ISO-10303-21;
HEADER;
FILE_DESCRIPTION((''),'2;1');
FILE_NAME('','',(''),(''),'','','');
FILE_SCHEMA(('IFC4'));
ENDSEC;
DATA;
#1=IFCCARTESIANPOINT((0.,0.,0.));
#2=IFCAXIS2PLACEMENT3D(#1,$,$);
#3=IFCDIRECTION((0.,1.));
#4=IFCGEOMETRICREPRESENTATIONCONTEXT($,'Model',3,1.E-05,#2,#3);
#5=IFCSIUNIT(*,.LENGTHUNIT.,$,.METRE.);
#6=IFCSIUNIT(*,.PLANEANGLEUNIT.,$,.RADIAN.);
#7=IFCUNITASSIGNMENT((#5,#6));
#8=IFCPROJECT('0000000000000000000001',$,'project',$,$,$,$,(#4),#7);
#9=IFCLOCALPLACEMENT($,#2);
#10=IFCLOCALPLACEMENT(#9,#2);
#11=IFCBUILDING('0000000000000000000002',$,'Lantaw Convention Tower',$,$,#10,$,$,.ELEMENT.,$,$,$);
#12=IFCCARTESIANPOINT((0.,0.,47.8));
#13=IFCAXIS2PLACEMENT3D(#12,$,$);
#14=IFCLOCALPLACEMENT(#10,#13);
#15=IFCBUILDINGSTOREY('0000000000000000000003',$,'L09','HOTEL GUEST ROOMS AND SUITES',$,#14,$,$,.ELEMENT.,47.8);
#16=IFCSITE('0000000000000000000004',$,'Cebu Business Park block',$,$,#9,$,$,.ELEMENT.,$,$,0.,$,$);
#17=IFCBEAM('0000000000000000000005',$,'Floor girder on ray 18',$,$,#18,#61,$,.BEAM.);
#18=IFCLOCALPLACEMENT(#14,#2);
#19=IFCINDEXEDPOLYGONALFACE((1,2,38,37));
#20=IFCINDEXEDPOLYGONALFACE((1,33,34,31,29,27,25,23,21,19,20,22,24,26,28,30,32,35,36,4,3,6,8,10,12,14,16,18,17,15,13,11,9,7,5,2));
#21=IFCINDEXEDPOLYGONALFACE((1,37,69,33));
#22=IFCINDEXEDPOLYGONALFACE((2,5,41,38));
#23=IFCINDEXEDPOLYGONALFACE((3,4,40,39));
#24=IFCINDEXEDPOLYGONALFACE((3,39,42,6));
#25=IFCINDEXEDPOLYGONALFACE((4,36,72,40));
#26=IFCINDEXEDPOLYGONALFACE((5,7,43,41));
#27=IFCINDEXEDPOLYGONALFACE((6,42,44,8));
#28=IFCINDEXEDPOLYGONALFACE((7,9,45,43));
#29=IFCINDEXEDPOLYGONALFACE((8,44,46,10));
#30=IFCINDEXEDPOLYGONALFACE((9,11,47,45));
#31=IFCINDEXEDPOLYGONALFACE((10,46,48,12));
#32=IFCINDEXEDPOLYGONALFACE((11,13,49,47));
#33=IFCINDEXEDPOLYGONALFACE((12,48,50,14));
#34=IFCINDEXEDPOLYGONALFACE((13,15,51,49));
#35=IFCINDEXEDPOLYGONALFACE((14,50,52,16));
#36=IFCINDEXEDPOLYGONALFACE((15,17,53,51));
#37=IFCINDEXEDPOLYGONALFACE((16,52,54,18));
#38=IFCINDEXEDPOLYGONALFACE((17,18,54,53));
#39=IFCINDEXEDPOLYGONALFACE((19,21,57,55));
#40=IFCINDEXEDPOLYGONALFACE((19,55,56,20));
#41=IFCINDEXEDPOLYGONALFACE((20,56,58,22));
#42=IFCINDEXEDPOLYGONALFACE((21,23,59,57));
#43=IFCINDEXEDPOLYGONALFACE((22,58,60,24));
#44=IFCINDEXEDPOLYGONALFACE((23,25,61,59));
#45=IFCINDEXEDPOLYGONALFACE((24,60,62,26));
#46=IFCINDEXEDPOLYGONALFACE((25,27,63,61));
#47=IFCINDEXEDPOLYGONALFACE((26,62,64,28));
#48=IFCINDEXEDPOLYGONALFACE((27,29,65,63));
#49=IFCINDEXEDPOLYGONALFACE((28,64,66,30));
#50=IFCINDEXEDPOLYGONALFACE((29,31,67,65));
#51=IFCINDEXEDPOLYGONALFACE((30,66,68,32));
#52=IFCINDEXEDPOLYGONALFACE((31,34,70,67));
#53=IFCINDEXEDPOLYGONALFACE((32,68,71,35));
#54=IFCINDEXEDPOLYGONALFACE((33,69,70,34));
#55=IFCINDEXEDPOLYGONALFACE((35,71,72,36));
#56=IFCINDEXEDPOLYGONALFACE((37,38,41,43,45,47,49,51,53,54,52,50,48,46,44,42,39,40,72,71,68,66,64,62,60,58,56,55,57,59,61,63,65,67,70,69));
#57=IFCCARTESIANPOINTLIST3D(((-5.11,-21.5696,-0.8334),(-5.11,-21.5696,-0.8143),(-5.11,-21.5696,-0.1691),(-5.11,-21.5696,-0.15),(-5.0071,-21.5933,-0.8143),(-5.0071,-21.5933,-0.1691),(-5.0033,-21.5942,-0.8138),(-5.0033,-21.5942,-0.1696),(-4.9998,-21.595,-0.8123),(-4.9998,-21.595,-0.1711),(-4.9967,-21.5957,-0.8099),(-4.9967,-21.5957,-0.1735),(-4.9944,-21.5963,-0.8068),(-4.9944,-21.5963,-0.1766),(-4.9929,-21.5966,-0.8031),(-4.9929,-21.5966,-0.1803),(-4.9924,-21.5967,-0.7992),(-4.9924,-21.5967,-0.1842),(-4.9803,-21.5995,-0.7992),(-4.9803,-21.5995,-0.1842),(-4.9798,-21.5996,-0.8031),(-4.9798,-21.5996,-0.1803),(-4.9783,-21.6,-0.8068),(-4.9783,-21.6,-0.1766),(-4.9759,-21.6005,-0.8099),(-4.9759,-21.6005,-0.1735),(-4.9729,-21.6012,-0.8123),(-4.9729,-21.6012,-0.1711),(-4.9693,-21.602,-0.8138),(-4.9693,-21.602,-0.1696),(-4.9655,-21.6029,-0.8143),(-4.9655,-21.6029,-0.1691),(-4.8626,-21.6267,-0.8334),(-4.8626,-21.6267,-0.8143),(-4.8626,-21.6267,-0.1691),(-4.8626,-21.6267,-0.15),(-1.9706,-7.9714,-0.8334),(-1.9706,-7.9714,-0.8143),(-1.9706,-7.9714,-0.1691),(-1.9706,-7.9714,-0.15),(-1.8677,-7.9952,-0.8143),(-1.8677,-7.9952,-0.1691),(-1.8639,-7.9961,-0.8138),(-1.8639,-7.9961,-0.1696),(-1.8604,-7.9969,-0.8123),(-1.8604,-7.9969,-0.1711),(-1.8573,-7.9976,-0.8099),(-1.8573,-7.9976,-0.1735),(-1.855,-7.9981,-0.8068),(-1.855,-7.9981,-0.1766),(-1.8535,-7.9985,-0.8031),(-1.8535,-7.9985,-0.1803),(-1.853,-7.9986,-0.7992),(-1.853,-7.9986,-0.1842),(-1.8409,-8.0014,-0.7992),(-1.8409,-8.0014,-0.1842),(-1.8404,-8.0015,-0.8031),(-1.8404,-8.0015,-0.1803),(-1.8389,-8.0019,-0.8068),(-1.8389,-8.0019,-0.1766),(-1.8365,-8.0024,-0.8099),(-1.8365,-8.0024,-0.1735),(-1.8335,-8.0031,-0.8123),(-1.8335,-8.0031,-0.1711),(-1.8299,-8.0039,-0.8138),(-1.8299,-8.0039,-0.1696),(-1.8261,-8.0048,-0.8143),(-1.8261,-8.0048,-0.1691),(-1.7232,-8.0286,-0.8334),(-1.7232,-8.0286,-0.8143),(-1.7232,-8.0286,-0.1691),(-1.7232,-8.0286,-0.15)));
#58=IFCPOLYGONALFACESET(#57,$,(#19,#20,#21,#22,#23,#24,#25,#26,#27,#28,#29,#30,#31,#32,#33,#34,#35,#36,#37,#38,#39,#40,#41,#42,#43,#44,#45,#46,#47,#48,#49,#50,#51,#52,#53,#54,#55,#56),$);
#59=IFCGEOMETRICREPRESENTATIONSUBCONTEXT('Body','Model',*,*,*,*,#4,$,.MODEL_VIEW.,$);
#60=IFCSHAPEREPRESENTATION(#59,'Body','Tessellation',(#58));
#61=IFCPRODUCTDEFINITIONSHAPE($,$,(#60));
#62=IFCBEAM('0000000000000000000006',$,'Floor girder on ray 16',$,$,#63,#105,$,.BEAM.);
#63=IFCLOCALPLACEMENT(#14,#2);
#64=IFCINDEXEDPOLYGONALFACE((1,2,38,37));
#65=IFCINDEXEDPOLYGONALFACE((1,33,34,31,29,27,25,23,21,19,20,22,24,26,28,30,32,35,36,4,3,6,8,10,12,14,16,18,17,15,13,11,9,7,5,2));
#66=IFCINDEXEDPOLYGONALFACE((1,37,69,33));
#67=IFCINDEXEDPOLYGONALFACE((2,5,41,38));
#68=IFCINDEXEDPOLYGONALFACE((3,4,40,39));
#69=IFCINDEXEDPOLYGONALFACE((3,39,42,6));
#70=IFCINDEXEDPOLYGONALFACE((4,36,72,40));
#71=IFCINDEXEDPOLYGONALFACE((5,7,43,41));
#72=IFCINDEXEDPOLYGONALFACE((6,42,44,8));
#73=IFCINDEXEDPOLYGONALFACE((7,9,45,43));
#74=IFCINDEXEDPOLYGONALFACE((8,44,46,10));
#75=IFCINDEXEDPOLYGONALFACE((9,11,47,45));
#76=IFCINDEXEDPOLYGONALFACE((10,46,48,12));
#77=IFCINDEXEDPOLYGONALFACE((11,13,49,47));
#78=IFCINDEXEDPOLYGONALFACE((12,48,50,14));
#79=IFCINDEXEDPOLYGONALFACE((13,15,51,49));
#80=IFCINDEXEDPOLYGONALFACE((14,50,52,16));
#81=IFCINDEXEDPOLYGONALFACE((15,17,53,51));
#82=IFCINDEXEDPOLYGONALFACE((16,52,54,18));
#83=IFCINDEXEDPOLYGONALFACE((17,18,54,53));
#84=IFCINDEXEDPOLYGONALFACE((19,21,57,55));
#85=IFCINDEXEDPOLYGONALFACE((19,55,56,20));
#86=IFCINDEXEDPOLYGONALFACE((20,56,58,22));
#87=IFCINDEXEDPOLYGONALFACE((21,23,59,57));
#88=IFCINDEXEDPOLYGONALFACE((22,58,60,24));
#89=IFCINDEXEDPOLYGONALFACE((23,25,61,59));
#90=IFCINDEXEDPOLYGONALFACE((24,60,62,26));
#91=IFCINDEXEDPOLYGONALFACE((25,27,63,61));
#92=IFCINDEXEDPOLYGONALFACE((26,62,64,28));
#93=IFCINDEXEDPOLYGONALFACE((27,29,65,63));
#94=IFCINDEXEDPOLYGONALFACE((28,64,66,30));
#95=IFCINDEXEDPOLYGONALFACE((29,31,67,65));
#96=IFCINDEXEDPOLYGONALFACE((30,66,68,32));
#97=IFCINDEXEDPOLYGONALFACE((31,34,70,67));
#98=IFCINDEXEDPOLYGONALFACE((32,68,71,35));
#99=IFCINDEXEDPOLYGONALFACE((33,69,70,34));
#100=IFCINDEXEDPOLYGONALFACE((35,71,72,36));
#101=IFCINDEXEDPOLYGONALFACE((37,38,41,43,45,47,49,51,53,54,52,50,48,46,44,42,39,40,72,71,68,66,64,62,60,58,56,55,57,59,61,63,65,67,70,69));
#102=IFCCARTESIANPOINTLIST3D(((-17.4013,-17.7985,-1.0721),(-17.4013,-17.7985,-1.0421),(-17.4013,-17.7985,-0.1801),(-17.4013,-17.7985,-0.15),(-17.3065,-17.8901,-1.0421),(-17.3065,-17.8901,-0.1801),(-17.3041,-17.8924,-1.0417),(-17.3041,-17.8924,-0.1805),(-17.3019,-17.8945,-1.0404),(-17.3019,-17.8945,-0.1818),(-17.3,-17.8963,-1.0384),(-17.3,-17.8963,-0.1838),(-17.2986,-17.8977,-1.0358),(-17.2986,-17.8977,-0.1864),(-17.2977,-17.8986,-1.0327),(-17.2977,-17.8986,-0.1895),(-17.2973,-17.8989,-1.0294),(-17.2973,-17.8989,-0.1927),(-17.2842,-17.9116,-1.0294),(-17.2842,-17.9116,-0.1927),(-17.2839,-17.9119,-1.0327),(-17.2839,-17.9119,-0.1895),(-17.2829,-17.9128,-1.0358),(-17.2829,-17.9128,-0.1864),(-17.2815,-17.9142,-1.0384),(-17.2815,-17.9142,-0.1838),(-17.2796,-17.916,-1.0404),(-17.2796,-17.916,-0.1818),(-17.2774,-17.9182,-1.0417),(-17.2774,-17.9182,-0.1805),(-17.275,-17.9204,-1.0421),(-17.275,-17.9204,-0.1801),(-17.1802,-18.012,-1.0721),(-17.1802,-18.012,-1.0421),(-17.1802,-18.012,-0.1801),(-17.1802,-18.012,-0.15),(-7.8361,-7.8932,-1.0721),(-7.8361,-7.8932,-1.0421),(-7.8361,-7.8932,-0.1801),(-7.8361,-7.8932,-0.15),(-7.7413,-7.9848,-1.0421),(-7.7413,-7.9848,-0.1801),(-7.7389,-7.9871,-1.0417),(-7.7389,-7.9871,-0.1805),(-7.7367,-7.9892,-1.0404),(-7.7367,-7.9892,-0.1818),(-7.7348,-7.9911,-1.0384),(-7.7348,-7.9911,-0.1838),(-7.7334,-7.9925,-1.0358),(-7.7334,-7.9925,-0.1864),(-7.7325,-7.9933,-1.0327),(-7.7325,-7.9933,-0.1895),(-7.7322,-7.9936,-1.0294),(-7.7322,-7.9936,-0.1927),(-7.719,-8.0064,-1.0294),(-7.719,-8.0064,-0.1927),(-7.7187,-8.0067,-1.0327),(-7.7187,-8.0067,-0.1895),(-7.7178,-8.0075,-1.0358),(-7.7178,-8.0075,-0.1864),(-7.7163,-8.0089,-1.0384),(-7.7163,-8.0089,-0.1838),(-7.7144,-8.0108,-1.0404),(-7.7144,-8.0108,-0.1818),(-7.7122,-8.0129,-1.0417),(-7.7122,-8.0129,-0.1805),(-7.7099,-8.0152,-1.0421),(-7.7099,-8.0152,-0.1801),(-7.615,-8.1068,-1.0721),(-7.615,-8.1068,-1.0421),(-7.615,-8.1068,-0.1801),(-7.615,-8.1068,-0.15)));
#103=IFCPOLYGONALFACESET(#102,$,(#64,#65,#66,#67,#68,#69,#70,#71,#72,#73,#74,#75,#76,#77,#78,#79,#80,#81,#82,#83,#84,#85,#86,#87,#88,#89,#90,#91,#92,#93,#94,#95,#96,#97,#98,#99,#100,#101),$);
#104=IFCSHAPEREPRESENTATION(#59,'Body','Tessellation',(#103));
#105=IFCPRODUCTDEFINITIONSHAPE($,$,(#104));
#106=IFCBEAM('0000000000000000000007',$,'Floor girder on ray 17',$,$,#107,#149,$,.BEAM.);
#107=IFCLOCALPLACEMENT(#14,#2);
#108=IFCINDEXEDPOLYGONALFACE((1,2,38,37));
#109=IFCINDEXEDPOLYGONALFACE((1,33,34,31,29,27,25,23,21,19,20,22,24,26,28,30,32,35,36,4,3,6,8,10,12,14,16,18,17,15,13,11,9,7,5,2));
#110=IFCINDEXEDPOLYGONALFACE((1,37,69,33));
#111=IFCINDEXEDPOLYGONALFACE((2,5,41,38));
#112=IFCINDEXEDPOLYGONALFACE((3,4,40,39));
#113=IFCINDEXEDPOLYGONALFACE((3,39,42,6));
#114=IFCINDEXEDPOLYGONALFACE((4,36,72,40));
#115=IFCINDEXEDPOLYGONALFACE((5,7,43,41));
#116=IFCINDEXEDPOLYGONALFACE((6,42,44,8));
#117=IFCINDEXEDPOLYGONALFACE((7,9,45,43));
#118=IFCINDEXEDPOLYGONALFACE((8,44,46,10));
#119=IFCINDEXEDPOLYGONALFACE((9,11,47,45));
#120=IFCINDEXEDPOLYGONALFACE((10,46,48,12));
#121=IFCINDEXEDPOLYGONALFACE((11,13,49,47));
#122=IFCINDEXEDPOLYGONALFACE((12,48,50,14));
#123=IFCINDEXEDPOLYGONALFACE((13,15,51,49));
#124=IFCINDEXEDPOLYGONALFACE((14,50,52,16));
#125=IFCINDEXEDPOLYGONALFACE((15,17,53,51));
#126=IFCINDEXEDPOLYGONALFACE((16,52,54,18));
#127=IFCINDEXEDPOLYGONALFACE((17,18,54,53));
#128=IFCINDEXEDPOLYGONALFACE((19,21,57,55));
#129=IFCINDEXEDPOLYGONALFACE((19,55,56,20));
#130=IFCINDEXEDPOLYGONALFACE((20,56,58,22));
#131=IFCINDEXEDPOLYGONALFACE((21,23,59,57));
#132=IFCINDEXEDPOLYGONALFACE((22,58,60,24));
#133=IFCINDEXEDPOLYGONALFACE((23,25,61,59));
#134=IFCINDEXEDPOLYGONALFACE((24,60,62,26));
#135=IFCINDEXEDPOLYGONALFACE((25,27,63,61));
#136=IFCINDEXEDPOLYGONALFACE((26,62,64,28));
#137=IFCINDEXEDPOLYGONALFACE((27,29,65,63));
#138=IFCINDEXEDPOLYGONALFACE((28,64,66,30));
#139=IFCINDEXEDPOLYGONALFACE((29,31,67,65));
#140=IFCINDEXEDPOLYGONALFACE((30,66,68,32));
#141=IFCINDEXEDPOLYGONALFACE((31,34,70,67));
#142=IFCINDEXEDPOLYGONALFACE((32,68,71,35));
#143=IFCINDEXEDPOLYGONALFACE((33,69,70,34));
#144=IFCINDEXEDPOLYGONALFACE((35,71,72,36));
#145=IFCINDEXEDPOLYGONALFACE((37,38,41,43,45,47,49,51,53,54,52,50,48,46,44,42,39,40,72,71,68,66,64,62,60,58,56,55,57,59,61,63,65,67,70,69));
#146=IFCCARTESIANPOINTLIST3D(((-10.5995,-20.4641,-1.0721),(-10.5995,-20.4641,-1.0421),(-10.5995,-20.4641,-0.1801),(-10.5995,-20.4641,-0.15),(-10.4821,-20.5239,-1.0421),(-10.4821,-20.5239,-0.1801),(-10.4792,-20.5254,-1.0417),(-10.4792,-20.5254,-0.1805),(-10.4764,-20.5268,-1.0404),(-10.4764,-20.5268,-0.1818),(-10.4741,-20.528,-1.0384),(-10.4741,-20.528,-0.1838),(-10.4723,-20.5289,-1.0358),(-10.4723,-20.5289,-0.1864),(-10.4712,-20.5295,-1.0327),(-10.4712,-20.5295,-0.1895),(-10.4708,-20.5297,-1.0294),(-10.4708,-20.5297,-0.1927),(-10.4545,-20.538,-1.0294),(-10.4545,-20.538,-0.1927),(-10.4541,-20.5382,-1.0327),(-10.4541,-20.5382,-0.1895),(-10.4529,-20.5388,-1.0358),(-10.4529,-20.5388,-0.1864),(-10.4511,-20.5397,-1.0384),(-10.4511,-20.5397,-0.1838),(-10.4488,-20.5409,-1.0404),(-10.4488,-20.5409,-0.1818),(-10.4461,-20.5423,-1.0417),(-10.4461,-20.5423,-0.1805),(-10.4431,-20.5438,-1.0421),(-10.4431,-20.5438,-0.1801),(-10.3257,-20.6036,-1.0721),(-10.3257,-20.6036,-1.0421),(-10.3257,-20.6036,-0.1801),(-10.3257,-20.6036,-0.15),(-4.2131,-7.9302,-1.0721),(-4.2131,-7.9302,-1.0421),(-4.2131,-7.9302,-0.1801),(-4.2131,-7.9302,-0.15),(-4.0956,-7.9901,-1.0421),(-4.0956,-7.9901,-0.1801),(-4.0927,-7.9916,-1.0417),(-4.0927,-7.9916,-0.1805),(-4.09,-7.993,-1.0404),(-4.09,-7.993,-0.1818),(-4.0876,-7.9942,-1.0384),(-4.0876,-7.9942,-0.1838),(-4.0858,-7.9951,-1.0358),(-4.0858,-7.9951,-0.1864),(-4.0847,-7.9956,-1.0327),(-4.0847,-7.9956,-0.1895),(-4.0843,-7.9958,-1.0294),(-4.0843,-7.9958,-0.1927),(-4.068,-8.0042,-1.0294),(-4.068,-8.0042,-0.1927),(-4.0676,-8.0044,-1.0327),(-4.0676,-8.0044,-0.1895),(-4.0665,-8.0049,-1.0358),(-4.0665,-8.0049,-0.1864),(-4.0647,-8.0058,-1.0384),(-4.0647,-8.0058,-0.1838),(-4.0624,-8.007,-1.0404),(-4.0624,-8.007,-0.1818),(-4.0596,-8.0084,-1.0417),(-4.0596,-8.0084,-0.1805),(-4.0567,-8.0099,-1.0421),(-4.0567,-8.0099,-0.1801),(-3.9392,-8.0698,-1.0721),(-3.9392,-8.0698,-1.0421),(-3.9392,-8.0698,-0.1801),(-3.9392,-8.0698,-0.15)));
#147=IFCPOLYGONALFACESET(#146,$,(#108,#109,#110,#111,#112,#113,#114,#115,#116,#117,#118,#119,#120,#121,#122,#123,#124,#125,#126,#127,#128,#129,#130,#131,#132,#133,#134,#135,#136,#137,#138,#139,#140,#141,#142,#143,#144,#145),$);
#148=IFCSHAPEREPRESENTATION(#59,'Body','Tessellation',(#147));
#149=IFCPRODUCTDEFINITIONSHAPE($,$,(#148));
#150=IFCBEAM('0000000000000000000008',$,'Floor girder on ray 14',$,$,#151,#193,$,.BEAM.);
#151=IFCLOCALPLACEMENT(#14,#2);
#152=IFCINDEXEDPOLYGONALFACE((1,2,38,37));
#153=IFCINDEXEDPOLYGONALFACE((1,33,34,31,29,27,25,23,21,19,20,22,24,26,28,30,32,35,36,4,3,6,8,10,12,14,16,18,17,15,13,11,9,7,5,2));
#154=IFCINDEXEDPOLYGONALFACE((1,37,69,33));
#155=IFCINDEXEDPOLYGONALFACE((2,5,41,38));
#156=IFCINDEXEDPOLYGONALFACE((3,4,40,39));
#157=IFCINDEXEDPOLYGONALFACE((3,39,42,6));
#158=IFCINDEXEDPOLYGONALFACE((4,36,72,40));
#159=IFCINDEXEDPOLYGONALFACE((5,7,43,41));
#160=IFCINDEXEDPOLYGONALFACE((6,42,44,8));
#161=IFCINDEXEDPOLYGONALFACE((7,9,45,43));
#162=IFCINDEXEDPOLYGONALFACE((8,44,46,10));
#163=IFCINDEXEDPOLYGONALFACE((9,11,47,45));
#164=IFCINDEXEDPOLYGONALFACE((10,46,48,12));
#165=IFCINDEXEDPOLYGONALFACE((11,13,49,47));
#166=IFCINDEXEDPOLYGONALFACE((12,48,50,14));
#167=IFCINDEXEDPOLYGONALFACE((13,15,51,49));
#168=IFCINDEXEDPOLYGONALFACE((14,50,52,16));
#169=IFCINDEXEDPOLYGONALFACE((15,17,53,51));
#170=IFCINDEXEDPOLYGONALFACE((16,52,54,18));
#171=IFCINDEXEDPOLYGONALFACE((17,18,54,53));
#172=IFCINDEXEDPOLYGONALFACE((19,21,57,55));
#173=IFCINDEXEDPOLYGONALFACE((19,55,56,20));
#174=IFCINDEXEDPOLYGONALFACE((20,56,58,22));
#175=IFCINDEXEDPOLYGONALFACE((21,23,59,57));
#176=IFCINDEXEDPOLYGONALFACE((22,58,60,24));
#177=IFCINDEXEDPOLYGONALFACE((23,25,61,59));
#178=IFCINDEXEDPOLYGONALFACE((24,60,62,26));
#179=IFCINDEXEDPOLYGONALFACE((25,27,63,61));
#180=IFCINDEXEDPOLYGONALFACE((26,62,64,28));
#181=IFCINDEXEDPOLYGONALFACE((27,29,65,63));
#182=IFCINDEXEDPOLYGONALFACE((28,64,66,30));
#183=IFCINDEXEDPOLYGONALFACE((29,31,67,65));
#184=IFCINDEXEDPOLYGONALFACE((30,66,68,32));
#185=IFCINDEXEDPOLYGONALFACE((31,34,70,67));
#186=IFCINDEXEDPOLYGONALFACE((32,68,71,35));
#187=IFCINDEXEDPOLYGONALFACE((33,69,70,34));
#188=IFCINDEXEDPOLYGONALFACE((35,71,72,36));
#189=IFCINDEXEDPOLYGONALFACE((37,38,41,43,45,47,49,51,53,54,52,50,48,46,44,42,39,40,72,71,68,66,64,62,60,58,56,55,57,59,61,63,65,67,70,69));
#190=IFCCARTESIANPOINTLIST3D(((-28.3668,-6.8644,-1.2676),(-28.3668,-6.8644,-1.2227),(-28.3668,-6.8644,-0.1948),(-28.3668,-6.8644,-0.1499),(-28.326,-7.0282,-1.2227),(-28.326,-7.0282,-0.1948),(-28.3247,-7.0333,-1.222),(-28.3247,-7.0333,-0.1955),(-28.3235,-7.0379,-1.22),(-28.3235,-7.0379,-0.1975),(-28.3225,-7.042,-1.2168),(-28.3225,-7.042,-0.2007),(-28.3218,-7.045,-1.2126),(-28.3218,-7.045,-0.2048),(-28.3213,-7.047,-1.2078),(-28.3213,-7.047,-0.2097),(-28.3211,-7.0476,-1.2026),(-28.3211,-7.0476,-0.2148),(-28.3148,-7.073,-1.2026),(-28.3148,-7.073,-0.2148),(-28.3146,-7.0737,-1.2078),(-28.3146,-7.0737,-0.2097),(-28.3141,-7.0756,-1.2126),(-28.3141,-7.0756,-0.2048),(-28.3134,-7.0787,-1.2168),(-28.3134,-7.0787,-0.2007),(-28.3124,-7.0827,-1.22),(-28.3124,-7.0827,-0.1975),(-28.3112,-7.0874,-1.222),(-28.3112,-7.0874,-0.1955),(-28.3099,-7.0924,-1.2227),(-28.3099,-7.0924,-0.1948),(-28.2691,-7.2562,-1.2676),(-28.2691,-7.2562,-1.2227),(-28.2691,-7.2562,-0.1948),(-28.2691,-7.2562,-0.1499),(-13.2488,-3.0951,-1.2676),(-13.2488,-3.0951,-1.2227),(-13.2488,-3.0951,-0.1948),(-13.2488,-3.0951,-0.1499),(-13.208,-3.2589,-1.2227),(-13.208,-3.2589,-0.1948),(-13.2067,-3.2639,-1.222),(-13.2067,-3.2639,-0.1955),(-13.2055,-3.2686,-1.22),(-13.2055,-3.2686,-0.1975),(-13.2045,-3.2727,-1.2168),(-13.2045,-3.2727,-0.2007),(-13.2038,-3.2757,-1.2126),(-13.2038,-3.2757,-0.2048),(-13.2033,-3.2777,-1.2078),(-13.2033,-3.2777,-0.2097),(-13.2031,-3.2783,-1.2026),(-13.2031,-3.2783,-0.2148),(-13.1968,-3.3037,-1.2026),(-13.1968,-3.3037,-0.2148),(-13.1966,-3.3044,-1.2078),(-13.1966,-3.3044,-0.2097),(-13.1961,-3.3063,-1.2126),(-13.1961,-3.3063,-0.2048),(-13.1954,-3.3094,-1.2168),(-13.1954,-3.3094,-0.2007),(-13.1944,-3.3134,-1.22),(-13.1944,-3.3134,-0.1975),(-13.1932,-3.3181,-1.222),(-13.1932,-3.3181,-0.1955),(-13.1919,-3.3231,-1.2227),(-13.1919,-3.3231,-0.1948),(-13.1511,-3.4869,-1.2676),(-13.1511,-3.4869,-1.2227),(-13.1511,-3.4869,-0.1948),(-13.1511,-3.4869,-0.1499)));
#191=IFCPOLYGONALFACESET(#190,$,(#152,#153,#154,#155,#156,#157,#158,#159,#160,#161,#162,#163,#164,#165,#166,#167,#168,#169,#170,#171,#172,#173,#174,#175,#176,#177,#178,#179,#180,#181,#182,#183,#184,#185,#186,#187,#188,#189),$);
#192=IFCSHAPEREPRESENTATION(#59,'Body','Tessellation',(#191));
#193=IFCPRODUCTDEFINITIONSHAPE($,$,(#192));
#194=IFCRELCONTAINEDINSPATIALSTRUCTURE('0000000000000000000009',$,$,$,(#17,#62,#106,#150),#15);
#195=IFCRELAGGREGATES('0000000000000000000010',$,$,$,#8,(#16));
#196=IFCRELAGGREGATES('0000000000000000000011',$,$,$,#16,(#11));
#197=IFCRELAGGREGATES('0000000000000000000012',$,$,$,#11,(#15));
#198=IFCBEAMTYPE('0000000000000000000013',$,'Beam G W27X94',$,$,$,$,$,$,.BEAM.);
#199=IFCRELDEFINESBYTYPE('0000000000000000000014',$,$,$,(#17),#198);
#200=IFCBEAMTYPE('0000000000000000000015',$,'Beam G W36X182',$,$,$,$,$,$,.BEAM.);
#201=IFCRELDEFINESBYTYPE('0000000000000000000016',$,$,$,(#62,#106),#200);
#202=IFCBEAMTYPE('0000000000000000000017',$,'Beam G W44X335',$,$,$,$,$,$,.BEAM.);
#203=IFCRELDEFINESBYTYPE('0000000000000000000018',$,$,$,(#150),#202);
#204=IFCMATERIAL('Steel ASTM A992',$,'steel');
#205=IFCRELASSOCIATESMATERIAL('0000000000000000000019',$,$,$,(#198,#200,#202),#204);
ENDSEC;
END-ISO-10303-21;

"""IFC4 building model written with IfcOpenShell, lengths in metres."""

from ifc_helpers import new_model, si_unit, direction, frame, origin, origin_2d, place, context, subcontext, project, spatial, i_section, extrude, material, material_profile, profile_set, type_object, element, save


model = new_model("IFC4")

# Units and contexts
model_context = context("Model", 3, precision=1e-05, world=origin(), true_north=direction((0.0, 1.0)))
body_context = subcontext(model_context, "Body", "Model", "MODEL_VIEW")
ifc_project = project(units=[si_unit("LENGTHUNIT", "METRE"), si_unit("PLANEANGLEUNIT", "RADIAN")], contexts=[model_context])

# Site, building, storey
site_placement = place(None, origin())
site = spatial("IfcSite", under=ifc_project, at=site_placement, Name="Cebu Business Park block", CompositionType="ELEMENT", RefElevation=0.0)
building_placement = place(site_placement, origin())
building = spatial("IfcBuilding", under=site, at=building_placement, Name="Lantaw Convention Tower", CompositionType="ELEMENT")
storey_placement = place(building_placement, frame((0.0, 0.0, 47.8)))
storey = spatial("IfcBuildingStorey", under=building, at=storey_placement, Name="L09", Description="HOTEL GUEST ROOMS AND SUITES", CompositionType="ELEMENT", Elevation=47.8)

# Beams
ifc_material_1 = material(Name="Steel ASTM A992", Category="steel")
ifc_material_profile_1 = material_profile(ifc_material_1, i_section(OverallWidth=0.2539, OverallDepth=0.6833, WebThickness=0.0125, FlangeThickness=0.019, FilletRadius=0.0151, at=origin_2d()), Name="W27X94")
ifc_profile_set_1 = profile_set([ifc_material_profile_1], Name="Steel ASTM A992")
beam_type_1 = type_object("IfcBeamType", Name="Beam G W27X94", PredefinedType="BEAM", material=ifc_profile_set_1)
beam_1_placement = place(storey_placement, frame((-1.8469, -8.0, -0.4917), z_axis=(-0.224953, -0.97437, 0.0), x_axis=(0.97437, -0.224953, 0.0)))
element("IfcBeam", 1, at=beam_1_placement, inside=storey, type_object=beam_type_1, Name="Floor girder on ray 18", PredefinedType="BEAM", context=body_context, shape_type="SweptSolid", body=[
    extrude(i_section(OverallWidth=0.2539, OverallDepth=0.6833, WebThickness=0.0125, FlangeThickness=0.019, FilletRadius=0.0151, at=origin_2d()), origin(), (0.0, 0.0, 1.0), 13.9558),
])
ifc_material_profile_2 = material_profile(ifc_material_1, i_section(OverallWidth=0.3074, OverallDepth=0.9221, WebThickness=0.0183, FlangeThickness=0.03, FilletRadius=0.0127, at=origin_2d()), Name="W36X182")
ifc_profile_set_2 = profile_set([ifc_material_profile_2], Name="Steel ASTM A992")
beam_type_2 = type_object("IfcBeamType", Name="Beam G W36X182", PredefinedType="BEAM", material=ifc_profile_set_2)
beam_2_placement = place(storey_placement, frame((-7.7256, -8.0, -0.6111), z_axis=(-0.69465, -0.719348, 0.0), x_axis=(0.719348, -0.69465, 0.0)))
element("IfcBeam", 2, at=beam_2_placement, inside=storey, type_object=beam_type_2, Name="Floor girder on ray 16", PredefinedType="BEAM", context=body_context, shape_type="SweptSolid", body=[
    extrude(i_section(OverallWidth=0.3074, OverallDepth=0.9221, WebThickness=0.0183, FlangeThickness=0.03, FilletRadius=0.0127, at=origin_2d()), origin(), (0.0, 0.0, 1.0), 13.7698),
])
beam_3_placement = place(storey_placement, frame((-4.0762, -8.0, -0.6111), z_axis=(-0.453997, -0.891003, 0.0), x_axis=(0.891003, -0.453997, 0.0)))
element("IfcBeam", 3, at=beam_3_placement, inside=storey, type_object=beam_type_2, Name="Floor girder on ray 17", PredefinedType="BEAM", context=body_context, shape_type="SweptSolid", body=[
    extrude(i_section(OverallWidth=0.3074, OverallDepth=0.9221, WebThickness=0.0183, FlangeThickness=0.03, FilletRadius=0.0127, at=origin_2d()), origin(), (0.0, 0.0, 1.0), 14.0671),
])
ifc_material_profile_3 = material_profile(ifc_material_1, i_section(OverallWidth=0.4038, OverallDepth=1.1177, WebThickness=0.0261, FlangeThickness=0.0449, FilletRadius=0.02, at=origin_2d()), Name="W44X335")
ifc_profile_set_3 = profile_set([ifc_material_profile_3], Name="Steel ASTM A992")
beam_type_3 = type_object("IfcBeamType", Name="Beam G W44X335", PredefinedType="BEAM", material=ifc_profile_set_3)
beam_4_placement = place(storey_placement, frame((-13.2, -3.291, -0.7087), z_axis=(-0.970296, -0.24192, 0.0), x_axis=(0.24192, -0.970296, 0.0)))
element("IfcBeam", 4, at=beam_4_placement, inside=storey, type_object=beam_type_3, Name="Floor girder on ray 14", PredefinedType="BEAM", context=body_context, shape_type="SweptSolid", body=[
    extrude(i_section(OverallWidth=0.4038, OverallDepth=1.1177, WebThickness=0.0261, FlangeThickness=0.0449, FilletRadius=0.02, at=origin_2d()), origin(), (0.0, 0.0, 1.0), 15.5808),
])

save(model, "model.ifc")
